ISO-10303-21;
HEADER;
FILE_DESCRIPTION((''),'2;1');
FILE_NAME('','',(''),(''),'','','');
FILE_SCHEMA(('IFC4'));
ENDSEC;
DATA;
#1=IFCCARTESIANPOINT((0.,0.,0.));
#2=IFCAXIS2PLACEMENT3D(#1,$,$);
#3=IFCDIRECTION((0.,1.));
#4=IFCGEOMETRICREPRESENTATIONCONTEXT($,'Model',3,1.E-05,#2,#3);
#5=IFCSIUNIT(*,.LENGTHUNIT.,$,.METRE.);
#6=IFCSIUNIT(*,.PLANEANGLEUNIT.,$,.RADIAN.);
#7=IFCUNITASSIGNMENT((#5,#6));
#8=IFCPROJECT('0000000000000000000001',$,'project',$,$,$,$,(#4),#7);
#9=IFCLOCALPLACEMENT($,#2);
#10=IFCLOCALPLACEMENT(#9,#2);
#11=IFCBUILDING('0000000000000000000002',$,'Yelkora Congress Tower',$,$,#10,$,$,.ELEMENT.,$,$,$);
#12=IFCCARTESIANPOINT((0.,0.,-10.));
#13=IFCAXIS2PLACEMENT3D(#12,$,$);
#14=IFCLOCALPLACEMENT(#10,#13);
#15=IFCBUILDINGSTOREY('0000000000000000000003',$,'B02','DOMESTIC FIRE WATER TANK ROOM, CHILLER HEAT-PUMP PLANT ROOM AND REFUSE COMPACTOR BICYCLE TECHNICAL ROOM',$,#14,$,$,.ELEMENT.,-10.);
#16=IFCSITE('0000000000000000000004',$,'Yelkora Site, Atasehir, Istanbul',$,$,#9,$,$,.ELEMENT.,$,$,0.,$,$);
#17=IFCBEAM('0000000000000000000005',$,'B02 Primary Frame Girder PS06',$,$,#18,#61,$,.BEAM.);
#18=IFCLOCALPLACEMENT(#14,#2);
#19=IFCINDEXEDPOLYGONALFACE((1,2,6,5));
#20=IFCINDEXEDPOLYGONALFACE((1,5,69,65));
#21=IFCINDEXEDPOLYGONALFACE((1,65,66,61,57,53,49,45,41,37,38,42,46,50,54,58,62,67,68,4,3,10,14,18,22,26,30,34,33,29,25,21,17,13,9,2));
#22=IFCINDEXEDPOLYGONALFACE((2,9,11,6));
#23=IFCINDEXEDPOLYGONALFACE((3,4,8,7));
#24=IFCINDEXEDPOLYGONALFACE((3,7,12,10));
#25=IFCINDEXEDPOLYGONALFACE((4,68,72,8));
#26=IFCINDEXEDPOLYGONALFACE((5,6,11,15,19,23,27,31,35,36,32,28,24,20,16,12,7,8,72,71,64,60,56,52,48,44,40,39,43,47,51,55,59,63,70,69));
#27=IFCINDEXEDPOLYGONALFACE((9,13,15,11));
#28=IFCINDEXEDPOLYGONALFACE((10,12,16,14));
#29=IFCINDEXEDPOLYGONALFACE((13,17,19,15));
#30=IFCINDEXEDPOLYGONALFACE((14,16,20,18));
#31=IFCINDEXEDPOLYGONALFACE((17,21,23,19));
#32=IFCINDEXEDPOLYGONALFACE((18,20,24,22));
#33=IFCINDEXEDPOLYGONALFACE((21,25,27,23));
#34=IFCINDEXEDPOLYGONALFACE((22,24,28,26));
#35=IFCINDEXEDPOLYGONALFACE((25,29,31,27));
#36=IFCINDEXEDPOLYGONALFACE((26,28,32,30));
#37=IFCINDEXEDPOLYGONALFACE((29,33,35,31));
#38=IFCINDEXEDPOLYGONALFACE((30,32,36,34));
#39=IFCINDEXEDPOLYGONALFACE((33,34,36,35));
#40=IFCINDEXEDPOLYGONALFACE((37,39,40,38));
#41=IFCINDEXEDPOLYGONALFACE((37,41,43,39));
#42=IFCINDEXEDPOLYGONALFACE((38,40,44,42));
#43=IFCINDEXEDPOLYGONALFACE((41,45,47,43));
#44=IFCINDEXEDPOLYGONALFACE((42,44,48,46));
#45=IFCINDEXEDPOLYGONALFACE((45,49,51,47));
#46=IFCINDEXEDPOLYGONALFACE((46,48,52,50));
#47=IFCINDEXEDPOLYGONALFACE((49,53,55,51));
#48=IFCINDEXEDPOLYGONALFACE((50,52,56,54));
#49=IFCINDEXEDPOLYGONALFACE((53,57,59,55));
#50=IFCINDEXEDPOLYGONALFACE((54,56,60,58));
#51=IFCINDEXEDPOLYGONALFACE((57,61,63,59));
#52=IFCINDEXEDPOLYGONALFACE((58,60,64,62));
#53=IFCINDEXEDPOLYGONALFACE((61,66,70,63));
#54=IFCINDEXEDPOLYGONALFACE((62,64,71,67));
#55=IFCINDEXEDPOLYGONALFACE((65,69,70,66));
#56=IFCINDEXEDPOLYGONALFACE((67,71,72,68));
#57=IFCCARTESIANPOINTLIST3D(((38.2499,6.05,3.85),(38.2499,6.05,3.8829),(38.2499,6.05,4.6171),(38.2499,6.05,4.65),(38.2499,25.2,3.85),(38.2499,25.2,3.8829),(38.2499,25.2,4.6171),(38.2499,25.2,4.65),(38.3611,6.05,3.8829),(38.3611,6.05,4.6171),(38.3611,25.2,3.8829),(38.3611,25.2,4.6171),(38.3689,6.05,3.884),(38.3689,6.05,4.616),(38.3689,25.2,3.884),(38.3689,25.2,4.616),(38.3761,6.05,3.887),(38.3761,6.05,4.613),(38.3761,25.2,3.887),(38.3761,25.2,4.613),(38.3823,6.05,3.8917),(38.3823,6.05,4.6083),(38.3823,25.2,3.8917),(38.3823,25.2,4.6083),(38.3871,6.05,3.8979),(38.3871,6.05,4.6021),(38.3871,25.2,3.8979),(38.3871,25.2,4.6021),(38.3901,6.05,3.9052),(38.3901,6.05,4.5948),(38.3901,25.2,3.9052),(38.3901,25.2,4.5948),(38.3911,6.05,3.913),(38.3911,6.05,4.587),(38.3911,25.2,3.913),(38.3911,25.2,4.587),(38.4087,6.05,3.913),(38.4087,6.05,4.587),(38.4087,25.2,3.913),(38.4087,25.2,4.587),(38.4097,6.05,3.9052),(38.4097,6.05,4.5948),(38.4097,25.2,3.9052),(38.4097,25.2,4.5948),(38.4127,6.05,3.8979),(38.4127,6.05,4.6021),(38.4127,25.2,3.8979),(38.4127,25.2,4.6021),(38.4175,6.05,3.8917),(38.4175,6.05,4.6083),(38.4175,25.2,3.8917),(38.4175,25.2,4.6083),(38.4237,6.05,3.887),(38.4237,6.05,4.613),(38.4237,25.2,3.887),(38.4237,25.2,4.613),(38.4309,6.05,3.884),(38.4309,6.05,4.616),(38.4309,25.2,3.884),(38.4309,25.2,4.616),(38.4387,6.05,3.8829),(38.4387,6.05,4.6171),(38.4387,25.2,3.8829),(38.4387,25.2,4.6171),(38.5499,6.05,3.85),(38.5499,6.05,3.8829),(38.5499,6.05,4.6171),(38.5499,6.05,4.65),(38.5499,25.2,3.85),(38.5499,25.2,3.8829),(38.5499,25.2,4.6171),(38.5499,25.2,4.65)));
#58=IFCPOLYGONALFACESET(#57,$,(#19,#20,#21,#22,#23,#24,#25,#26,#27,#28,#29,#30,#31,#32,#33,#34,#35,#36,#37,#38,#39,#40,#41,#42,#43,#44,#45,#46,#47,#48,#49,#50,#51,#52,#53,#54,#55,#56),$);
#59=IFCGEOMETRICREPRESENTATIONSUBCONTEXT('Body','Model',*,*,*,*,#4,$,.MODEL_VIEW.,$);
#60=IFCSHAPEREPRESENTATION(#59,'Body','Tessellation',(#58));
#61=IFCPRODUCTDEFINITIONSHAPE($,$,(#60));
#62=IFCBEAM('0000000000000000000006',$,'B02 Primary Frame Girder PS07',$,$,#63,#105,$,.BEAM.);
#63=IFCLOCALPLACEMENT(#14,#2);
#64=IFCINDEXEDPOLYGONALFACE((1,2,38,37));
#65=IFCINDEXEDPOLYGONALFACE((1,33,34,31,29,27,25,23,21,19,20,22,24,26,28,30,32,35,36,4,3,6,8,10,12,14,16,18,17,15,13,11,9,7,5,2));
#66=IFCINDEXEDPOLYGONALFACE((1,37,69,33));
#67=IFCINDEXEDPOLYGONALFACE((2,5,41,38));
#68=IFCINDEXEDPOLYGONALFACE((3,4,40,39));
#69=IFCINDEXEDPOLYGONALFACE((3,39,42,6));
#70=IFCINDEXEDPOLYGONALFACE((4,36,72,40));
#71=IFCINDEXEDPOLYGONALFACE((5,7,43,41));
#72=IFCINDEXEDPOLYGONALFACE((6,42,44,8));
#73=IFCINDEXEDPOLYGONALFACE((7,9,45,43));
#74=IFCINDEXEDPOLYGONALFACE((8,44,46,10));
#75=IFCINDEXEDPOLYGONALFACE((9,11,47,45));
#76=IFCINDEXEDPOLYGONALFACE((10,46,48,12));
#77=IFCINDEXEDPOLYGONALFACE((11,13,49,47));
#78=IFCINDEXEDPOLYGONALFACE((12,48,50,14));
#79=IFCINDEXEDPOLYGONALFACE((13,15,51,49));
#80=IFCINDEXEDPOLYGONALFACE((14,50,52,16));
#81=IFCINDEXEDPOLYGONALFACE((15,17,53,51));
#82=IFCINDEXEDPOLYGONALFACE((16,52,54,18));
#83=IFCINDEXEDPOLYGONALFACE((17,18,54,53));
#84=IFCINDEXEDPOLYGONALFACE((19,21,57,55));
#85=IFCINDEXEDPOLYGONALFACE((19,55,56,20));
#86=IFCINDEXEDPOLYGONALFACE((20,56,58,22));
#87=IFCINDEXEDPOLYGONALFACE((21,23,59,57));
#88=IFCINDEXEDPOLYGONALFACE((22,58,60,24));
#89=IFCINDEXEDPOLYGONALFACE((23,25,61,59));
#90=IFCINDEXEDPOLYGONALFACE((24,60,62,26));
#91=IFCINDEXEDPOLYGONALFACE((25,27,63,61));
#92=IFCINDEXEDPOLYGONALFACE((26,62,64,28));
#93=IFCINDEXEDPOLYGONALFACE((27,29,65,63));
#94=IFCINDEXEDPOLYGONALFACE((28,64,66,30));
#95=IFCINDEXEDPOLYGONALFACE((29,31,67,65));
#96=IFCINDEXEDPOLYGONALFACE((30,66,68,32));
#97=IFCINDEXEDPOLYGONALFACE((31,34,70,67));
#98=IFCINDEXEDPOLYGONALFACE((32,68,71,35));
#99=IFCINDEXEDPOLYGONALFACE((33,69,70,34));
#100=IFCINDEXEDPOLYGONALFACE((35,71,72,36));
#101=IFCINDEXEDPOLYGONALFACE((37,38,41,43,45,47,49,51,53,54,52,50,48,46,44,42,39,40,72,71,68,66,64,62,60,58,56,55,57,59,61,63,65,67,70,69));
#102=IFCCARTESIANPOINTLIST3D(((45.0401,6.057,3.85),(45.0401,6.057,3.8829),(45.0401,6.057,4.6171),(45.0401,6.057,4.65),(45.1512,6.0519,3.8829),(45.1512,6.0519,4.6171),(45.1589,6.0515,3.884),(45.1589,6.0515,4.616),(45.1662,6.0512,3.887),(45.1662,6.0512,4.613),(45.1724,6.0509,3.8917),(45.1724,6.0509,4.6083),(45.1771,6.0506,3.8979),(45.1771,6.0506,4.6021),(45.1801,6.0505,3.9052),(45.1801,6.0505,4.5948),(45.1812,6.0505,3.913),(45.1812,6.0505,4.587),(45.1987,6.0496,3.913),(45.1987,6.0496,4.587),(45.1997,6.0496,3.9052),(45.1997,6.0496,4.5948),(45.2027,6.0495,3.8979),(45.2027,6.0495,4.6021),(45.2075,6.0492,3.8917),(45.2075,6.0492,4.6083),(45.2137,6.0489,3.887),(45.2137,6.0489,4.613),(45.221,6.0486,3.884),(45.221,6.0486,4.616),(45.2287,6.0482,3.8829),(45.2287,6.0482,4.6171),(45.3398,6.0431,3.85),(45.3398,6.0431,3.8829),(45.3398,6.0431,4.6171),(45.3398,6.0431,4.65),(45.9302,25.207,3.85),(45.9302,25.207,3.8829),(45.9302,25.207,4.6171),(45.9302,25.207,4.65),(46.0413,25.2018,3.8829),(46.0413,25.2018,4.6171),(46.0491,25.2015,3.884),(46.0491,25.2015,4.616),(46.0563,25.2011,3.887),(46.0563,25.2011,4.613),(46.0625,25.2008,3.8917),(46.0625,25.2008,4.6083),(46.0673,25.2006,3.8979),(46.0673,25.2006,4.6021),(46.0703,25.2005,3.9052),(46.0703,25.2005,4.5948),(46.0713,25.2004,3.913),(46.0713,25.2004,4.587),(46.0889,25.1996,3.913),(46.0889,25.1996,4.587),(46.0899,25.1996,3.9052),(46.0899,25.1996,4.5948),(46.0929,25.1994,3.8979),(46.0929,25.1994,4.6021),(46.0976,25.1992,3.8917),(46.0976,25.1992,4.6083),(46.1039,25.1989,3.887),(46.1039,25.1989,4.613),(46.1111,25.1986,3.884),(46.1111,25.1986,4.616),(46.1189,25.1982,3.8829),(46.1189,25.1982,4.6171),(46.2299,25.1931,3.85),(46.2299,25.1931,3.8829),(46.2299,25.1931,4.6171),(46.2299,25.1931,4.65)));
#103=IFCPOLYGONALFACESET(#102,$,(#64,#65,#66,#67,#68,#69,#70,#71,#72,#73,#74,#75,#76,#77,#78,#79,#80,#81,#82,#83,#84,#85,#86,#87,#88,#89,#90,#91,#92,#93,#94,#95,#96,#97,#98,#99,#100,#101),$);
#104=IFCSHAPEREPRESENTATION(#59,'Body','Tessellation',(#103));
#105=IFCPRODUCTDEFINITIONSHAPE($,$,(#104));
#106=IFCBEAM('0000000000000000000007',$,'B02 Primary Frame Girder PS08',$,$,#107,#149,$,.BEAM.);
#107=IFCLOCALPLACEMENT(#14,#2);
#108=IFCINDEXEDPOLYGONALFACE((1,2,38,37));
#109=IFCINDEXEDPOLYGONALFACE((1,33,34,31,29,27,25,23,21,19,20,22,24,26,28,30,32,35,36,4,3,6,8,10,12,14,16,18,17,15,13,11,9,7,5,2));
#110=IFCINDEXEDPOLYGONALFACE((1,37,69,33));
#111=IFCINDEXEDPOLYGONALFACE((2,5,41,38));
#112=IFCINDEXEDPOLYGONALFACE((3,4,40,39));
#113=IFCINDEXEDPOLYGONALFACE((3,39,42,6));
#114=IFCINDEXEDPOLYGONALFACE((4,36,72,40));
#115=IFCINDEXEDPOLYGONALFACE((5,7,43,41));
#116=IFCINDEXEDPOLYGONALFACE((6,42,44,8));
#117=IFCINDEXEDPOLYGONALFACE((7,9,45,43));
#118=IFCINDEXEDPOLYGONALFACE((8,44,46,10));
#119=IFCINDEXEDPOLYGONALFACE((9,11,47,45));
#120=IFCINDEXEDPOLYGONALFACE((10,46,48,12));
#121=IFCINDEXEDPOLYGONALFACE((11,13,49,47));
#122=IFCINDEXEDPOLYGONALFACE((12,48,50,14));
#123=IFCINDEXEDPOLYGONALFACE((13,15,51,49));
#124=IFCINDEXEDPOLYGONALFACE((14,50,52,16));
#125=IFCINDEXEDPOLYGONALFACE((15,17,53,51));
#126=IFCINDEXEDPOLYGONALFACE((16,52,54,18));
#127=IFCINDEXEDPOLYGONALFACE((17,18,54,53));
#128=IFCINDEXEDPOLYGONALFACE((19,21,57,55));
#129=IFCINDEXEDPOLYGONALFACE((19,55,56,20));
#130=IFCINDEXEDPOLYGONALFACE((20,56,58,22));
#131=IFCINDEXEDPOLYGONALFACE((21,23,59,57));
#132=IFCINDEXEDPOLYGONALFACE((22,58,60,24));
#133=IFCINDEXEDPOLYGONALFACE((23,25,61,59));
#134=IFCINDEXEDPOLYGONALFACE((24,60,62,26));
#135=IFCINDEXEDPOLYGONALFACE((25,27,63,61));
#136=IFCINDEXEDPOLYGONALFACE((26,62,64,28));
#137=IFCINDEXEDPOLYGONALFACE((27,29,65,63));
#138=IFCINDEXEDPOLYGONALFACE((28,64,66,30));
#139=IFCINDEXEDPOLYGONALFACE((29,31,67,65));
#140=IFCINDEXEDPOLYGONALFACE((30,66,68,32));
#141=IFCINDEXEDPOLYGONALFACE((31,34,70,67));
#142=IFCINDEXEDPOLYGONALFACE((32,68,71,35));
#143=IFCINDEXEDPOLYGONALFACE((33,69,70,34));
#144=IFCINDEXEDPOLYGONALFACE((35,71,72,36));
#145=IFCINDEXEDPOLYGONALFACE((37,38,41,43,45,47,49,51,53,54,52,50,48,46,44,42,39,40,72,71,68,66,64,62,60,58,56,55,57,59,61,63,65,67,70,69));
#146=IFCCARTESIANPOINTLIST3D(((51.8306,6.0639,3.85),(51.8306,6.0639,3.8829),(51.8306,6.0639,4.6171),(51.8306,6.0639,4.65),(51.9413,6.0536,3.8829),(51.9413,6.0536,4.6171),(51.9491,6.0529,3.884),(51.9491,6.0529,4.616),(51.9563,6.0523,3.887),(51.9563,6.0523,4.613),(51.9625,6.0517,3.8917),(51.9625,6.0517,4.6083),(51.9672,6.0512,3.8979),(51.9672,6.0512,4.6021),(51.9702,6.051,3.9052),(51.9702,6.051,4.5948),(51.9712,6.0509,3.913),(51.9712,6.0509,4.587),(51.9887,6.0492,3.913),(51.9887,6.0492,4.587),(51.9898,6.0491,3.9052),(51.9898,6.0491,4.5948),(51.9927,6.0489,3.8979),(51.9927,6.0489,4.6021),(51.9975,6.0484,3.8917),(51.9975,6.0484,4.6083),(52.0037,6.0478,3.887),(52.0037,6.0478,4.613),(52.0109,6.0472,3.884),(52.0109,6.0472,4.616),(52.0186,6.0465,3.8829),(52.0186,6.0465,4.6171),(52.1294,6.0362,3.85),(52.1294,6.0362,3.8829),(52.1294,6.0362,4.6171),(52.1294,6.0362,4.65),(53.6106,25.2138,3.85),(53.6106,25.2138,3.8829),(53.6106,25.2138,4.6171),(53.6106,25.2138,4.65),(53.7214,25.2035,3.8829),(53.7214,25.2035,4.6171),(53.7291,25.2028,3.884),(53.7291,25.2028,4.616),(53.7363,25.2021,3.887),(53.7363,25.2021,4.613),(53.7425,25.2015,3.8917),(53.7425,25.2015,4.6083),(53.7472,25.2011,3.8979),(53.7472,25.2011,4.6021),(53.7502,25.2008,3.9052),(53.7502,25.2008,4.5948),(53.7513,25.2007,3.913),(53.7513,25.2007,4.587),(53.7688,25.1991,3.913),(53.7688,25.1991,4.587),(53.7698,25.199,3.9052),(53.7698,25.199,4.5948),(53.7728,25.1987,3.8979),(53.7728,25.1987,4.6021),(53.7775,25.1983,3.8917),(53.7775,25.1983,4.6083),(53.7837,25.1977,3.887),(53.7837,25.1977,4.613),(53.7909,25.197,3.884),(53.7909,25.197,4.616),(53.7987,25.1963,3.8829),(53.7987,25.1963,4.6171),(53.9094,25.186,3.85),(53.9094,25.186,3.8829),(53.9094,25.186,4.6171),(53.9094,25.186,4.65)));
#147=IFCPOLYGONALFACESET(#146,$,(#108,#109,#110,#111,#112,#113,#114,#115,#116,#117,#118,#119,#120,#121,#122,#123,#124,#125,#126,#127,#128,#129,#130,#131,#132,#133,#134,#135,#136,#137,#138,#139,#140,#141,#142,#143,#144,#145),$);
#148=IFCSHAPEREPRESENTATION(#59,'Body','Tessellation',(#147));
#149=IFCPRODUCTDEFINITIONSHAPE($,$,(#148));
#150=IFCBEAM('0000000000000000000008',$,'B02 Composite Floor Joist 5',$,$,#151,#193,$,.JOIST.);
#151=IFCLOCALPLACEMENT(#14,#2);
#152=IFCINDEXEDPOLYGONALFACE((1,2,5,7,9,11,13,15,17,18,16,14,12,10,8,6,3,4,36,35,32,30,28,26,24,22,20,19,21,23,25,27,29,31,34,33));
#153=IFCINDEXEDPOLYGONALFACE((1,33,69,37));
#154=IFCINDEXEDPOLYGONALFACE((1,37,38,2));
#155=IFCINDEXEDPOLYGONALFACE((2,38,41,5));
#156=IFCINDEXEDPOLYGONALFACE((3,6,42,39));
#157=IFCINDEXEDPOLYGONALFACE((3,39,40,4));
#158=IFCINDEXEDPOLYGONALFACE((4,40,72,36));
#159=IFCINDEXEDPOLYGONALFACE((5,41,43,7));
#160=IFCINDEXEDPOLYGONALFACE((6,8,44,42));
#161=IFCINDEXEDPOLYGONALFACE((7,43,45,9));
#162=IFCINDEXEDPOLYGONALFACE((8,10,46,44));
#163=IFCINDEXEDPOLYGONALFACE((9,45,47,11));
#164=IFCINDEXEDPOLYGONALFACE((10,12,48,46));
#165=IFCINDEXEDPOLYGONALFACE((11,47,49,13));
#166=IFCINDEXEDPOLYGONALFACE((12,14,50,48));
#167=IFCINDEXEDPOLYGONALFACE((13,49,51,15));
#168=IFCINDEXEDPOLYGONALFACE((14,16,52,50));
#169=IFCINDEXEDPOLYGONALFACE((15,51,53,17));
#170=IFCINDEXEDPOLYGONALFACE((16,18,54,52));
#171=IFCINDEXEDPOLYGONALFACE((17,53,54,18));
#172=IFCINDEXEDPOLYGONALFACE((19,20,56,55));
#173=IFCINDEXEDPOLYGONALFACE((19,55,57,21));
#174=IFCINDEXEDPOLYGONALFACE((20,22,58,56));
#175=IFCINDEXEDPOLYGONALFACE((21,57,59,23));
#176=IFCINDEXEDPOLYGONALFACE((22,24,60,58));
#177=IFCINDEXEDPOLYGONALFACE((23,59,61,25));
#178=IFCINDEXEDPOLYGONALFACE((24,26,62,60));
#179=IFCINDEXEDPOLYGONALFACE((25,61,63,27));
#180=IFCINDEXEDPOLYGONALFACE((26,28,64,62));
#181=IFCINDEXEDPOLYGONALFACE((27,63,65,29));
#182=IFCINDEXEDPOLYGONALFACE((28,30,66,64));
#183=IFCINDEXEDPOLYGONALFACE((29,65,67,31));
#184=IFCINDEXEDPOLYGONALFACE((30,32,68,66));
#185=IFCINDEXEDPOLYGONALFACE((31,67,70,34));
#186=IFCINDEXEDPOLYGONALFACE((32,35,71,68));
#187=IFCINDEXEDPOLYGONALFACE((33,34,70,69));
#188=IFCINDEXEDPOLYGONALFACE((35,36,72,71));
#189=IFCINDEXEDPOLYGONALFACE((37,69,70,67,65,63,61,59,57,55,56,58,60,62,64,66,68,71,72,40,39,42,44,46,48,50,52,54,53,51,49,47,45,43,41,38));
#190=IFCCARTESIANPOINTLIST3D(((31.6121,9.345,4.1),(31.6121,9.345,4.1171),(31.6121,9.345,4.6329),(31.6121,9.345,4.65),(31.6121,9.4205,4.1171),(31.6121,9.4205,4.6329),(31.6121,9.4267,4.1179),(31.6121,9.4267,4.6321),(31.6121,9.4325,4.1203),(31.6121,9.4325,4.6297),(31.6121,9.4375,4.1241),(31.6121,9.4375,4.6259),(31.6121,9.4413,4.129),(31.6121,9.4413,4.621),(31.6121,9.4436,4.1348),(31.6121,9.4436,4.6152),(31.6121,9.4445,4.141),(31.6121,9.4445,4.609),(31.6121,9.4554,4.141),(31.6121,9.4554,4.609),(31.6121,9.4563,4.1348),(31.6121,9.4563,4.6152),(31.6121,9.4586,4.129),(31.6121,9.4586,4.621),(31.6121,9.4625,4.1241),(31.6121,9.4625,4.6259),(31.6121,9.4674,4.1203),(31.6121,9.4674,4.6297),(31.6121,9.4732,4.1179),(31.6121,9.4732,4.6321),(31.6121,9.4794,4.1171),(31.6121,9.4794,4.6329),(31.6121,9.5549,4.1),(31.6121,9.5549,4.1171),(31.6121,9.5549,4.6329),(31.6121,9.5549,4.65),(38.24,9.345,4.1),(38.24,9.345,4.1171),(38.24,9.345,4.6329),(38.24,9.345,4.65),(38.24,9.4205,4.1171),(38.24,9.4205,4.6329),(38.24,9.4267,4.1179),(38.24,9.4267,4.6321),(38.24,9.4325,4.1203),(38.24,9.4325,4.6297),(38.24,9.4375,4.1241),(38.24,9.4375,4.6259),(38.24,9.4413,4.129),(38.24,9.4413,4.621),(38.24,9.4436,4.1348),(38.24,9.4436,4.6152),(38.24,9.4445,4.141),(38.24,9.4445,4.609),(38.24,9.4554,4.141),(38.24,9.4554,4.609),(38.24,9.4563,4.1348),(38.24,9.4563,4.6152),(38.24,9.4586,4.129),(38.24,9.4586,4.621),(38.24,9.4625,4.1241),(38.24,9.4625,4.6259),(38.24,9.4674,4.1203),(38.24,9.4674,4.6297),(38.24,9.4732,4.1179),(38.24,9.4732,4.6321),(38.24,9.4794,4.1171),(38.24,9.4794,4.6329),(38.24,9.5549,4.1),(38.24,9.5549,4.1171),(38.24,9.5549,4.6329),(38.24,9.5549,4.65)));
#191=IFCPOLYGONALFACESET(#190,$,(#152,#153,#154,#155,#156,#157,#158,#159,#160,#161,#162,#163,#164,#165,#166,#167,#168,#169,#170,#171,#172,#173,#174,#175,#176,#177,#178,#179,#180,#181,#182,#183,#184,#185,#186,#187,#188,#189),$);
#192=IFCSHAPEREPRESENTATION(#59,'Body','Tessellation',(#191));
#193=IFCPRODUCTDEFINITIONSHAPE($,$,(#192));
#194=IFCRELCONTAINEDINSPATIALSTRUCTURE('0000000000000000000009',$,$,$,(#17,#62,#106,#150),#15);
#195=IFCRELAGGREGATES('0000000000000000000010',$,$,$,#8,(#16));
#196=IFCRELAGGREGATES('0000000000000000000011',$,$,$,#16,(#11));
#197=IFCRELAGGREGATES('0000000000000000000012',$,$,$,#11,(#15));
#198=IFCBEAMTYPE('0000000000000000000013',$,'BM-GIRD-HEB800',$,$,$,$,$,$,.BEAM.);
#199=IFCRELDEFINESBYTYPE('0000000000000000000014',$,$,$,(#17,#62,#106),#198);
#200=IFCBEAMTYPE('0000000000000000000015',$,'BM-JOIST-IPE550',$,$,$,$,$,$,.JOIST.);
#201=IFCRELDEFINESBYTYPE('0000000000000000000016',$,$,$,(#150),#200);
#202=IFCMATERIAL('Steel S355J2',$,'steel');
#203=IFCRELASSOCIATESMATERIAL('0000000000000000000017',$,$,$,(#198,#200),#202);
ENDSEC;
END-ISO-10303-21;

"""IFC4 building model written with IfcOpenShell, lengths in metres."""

from ifc_helpers import new_model, si_unit, direction, frame, origin, origin_2d, place, context, subcontext, project, spatial, i_section, extrude, material, material_profile, profile_set, type_object, element, save


model = new_model("IFC4")

# Units and contexts
model_context = context("Model", 3, precision=1e-05, world=origin(), true_north=direction((0.0, 1.0)))
body_context = subcontext(model_context, "Body", "Model", "MODEL_VIEW")
ifc_project = project(units=[si_unit("LENGTHUNIT", "METRE"), si_unit("PLANEANGLEUNIT", "RADIAN")], contexts=[model_context])

# Site, building, storey
site_placement = place(None, origin())
site = spatial("IfcSite", under=ifc_project, at=site_placement, Name="Yelkora Site, Atasehir, Istanbul", CompositionType="ELEMENT", RefElevation=0.0)
building_placement = place(site_placement, origin())
building = spatial("IfcBuilding", under=site, at=building_placement, Name="Yelkora Congress Tower", CompositionType="ELEMENT")
storey_placement = place(building_placement, frame((0.0, 0.0, -10.0)))
storey = spatial("IfcBuildingStorey", under=building, at=storey_placement, Name="B02", Description="DOMESTIC FIRE WATER TANK ROOM, CHILLER HEAT-PUMP PLANT ROOM AND REFUSE COMPACTOR BICYCLE TECHNICAL ROOM", CompositionType="ELEMENT", Elevation=-10.0)

# Beams
ifc_material_1 = material(Name="Steel S355J2", Category="steel")
ifc_material_profile_1 = material_profile(ifc_material_1, i_section(OverallWidth=0.3, OverallDepth=0.8, WebThickness=0.0176, FlangeThickness=0.033, FilletRadius=0.03, at=origin_2d()), Name="HEB 800")
ifc_profile_set_1 = profile_set([ifc_material_profile_1], Name="Steel S355J2")
beam_type_1 = type_object("IfcBeamType", Name="BM-GIRD-HEB800", PredefinedType="BEAM", material=ifc_profile_set_1)
beam_1_placement = place(storey_placement, frame((38.3999, 6.05, 4.25), z_axis=(0.0, 1.0, 0.0), x_axis=(-1.0, 0.0, 0.0)))
element("IfcBeam", 1, at=beam_1_placement, inside=storey, type_object=beam_type_1, Name="B02 Primary Frame Girder PS06", PredefinedType="BEAM", context=body_context, shape_type="SweptSolid", body=[
    extrude(i_section(OverallWidth=0.3, OverallDepth=0.8, WebThickness=0.0176, FlangeThickness=0.033, FilletRadius=0.03, at=origin_2d()), origin(), (0.0, 0.0, 1.0), 19.1499),
])
beam_2_placement = place(storey_placement, frame((45.1899, 6.05, 4.25), z_axis=(0.046432, 0.998921, 0.0), x_axis=(-0.998921, 0.046432, 0.0)))
element("IfcBeam", 2, at=beam_2_placement, inside=storey, type_object=beam_type_1, Name="B02 Primary Frame Girder PS07", PredefinedType="BEAM", context=body_context, shape_type="SweptSolid", body=[
    extrude(i_section(OverallWidth=0.3, OverallDepth=0.8, WebThickness=0.0176, FlangeThickness=0.033, FilletRadius=0.03, at=origin_2d()), origin(), (0.0, 0.0, 1.0), 19.1707),
])
beam_3_placement = place(storey_placement, frame((51.98, 6.05, 4.25), z_axis=(0.092553, 0.995708, 0.0), x_axis=(-0.995708, 0.092553, 0.0)))
element("IfcBeam", 3, at=beam_3_placement, inside=storey, type_object=beam_type_1, Name="B02 Primary Frame Girder PS08", PredefinedType="BEAM", context=body_context, shape_type="SweptSolid", body=[
    extrude(i_section(OverallWidth=0.3, OverallDepth=0.8, WebThickness=0.0176, FlangeThickness=0.033, FilletRadius=0.03, at=origin_2d()), origin(), (0.0, 0.0, 1.0), 19.2324),
])
ifc_material_profile_2 = material_profile(ifc_material_1, i_section(OverallWidth=0.21, OverallDepth=0.55, WebThickness=0.011, FlangeThickness=0.0171, FilletRadius=0.0239, at=origin_2d()), Name="IPE 550")
ifc_profile_set_2 = profile_set([ifc_material_profile_2], Name="Steel S355J2")
beam_type_2 = type_object("IfcBeamType", Name="BM-JOIST-IPE550", PredefinedType="JOIST", material=ifc_profile_set_2)
for number, where, z_axis, x_axis, name in (
    (4, (31.6121, 9.45, 4.375), (1.0, 0.0, 0.0), (0.0, 1.0, 0.0), "B02 Composite Floor Joist 5"),
):
    element("IfcBeam", number, at=place(storey_placement, frame(where, z_axis=z_axis, x_axis=x_axis)), inside=storey, type_object=beam_type_2, Name=name, PredefinedType="JOIST", context=body_context, shape_type="SweptSolid", body=[
        extrude(i_section(OverallWidth=0.21, OverallDepth=0.55, WebThickness=0.011, FlangeThickness=0.0171, FilletRadius=0.0239, at=origin_2d()), origin(), (0.0, 0.0, 1.0), 6.6279),
    ])

save(model, "model.ifc")
